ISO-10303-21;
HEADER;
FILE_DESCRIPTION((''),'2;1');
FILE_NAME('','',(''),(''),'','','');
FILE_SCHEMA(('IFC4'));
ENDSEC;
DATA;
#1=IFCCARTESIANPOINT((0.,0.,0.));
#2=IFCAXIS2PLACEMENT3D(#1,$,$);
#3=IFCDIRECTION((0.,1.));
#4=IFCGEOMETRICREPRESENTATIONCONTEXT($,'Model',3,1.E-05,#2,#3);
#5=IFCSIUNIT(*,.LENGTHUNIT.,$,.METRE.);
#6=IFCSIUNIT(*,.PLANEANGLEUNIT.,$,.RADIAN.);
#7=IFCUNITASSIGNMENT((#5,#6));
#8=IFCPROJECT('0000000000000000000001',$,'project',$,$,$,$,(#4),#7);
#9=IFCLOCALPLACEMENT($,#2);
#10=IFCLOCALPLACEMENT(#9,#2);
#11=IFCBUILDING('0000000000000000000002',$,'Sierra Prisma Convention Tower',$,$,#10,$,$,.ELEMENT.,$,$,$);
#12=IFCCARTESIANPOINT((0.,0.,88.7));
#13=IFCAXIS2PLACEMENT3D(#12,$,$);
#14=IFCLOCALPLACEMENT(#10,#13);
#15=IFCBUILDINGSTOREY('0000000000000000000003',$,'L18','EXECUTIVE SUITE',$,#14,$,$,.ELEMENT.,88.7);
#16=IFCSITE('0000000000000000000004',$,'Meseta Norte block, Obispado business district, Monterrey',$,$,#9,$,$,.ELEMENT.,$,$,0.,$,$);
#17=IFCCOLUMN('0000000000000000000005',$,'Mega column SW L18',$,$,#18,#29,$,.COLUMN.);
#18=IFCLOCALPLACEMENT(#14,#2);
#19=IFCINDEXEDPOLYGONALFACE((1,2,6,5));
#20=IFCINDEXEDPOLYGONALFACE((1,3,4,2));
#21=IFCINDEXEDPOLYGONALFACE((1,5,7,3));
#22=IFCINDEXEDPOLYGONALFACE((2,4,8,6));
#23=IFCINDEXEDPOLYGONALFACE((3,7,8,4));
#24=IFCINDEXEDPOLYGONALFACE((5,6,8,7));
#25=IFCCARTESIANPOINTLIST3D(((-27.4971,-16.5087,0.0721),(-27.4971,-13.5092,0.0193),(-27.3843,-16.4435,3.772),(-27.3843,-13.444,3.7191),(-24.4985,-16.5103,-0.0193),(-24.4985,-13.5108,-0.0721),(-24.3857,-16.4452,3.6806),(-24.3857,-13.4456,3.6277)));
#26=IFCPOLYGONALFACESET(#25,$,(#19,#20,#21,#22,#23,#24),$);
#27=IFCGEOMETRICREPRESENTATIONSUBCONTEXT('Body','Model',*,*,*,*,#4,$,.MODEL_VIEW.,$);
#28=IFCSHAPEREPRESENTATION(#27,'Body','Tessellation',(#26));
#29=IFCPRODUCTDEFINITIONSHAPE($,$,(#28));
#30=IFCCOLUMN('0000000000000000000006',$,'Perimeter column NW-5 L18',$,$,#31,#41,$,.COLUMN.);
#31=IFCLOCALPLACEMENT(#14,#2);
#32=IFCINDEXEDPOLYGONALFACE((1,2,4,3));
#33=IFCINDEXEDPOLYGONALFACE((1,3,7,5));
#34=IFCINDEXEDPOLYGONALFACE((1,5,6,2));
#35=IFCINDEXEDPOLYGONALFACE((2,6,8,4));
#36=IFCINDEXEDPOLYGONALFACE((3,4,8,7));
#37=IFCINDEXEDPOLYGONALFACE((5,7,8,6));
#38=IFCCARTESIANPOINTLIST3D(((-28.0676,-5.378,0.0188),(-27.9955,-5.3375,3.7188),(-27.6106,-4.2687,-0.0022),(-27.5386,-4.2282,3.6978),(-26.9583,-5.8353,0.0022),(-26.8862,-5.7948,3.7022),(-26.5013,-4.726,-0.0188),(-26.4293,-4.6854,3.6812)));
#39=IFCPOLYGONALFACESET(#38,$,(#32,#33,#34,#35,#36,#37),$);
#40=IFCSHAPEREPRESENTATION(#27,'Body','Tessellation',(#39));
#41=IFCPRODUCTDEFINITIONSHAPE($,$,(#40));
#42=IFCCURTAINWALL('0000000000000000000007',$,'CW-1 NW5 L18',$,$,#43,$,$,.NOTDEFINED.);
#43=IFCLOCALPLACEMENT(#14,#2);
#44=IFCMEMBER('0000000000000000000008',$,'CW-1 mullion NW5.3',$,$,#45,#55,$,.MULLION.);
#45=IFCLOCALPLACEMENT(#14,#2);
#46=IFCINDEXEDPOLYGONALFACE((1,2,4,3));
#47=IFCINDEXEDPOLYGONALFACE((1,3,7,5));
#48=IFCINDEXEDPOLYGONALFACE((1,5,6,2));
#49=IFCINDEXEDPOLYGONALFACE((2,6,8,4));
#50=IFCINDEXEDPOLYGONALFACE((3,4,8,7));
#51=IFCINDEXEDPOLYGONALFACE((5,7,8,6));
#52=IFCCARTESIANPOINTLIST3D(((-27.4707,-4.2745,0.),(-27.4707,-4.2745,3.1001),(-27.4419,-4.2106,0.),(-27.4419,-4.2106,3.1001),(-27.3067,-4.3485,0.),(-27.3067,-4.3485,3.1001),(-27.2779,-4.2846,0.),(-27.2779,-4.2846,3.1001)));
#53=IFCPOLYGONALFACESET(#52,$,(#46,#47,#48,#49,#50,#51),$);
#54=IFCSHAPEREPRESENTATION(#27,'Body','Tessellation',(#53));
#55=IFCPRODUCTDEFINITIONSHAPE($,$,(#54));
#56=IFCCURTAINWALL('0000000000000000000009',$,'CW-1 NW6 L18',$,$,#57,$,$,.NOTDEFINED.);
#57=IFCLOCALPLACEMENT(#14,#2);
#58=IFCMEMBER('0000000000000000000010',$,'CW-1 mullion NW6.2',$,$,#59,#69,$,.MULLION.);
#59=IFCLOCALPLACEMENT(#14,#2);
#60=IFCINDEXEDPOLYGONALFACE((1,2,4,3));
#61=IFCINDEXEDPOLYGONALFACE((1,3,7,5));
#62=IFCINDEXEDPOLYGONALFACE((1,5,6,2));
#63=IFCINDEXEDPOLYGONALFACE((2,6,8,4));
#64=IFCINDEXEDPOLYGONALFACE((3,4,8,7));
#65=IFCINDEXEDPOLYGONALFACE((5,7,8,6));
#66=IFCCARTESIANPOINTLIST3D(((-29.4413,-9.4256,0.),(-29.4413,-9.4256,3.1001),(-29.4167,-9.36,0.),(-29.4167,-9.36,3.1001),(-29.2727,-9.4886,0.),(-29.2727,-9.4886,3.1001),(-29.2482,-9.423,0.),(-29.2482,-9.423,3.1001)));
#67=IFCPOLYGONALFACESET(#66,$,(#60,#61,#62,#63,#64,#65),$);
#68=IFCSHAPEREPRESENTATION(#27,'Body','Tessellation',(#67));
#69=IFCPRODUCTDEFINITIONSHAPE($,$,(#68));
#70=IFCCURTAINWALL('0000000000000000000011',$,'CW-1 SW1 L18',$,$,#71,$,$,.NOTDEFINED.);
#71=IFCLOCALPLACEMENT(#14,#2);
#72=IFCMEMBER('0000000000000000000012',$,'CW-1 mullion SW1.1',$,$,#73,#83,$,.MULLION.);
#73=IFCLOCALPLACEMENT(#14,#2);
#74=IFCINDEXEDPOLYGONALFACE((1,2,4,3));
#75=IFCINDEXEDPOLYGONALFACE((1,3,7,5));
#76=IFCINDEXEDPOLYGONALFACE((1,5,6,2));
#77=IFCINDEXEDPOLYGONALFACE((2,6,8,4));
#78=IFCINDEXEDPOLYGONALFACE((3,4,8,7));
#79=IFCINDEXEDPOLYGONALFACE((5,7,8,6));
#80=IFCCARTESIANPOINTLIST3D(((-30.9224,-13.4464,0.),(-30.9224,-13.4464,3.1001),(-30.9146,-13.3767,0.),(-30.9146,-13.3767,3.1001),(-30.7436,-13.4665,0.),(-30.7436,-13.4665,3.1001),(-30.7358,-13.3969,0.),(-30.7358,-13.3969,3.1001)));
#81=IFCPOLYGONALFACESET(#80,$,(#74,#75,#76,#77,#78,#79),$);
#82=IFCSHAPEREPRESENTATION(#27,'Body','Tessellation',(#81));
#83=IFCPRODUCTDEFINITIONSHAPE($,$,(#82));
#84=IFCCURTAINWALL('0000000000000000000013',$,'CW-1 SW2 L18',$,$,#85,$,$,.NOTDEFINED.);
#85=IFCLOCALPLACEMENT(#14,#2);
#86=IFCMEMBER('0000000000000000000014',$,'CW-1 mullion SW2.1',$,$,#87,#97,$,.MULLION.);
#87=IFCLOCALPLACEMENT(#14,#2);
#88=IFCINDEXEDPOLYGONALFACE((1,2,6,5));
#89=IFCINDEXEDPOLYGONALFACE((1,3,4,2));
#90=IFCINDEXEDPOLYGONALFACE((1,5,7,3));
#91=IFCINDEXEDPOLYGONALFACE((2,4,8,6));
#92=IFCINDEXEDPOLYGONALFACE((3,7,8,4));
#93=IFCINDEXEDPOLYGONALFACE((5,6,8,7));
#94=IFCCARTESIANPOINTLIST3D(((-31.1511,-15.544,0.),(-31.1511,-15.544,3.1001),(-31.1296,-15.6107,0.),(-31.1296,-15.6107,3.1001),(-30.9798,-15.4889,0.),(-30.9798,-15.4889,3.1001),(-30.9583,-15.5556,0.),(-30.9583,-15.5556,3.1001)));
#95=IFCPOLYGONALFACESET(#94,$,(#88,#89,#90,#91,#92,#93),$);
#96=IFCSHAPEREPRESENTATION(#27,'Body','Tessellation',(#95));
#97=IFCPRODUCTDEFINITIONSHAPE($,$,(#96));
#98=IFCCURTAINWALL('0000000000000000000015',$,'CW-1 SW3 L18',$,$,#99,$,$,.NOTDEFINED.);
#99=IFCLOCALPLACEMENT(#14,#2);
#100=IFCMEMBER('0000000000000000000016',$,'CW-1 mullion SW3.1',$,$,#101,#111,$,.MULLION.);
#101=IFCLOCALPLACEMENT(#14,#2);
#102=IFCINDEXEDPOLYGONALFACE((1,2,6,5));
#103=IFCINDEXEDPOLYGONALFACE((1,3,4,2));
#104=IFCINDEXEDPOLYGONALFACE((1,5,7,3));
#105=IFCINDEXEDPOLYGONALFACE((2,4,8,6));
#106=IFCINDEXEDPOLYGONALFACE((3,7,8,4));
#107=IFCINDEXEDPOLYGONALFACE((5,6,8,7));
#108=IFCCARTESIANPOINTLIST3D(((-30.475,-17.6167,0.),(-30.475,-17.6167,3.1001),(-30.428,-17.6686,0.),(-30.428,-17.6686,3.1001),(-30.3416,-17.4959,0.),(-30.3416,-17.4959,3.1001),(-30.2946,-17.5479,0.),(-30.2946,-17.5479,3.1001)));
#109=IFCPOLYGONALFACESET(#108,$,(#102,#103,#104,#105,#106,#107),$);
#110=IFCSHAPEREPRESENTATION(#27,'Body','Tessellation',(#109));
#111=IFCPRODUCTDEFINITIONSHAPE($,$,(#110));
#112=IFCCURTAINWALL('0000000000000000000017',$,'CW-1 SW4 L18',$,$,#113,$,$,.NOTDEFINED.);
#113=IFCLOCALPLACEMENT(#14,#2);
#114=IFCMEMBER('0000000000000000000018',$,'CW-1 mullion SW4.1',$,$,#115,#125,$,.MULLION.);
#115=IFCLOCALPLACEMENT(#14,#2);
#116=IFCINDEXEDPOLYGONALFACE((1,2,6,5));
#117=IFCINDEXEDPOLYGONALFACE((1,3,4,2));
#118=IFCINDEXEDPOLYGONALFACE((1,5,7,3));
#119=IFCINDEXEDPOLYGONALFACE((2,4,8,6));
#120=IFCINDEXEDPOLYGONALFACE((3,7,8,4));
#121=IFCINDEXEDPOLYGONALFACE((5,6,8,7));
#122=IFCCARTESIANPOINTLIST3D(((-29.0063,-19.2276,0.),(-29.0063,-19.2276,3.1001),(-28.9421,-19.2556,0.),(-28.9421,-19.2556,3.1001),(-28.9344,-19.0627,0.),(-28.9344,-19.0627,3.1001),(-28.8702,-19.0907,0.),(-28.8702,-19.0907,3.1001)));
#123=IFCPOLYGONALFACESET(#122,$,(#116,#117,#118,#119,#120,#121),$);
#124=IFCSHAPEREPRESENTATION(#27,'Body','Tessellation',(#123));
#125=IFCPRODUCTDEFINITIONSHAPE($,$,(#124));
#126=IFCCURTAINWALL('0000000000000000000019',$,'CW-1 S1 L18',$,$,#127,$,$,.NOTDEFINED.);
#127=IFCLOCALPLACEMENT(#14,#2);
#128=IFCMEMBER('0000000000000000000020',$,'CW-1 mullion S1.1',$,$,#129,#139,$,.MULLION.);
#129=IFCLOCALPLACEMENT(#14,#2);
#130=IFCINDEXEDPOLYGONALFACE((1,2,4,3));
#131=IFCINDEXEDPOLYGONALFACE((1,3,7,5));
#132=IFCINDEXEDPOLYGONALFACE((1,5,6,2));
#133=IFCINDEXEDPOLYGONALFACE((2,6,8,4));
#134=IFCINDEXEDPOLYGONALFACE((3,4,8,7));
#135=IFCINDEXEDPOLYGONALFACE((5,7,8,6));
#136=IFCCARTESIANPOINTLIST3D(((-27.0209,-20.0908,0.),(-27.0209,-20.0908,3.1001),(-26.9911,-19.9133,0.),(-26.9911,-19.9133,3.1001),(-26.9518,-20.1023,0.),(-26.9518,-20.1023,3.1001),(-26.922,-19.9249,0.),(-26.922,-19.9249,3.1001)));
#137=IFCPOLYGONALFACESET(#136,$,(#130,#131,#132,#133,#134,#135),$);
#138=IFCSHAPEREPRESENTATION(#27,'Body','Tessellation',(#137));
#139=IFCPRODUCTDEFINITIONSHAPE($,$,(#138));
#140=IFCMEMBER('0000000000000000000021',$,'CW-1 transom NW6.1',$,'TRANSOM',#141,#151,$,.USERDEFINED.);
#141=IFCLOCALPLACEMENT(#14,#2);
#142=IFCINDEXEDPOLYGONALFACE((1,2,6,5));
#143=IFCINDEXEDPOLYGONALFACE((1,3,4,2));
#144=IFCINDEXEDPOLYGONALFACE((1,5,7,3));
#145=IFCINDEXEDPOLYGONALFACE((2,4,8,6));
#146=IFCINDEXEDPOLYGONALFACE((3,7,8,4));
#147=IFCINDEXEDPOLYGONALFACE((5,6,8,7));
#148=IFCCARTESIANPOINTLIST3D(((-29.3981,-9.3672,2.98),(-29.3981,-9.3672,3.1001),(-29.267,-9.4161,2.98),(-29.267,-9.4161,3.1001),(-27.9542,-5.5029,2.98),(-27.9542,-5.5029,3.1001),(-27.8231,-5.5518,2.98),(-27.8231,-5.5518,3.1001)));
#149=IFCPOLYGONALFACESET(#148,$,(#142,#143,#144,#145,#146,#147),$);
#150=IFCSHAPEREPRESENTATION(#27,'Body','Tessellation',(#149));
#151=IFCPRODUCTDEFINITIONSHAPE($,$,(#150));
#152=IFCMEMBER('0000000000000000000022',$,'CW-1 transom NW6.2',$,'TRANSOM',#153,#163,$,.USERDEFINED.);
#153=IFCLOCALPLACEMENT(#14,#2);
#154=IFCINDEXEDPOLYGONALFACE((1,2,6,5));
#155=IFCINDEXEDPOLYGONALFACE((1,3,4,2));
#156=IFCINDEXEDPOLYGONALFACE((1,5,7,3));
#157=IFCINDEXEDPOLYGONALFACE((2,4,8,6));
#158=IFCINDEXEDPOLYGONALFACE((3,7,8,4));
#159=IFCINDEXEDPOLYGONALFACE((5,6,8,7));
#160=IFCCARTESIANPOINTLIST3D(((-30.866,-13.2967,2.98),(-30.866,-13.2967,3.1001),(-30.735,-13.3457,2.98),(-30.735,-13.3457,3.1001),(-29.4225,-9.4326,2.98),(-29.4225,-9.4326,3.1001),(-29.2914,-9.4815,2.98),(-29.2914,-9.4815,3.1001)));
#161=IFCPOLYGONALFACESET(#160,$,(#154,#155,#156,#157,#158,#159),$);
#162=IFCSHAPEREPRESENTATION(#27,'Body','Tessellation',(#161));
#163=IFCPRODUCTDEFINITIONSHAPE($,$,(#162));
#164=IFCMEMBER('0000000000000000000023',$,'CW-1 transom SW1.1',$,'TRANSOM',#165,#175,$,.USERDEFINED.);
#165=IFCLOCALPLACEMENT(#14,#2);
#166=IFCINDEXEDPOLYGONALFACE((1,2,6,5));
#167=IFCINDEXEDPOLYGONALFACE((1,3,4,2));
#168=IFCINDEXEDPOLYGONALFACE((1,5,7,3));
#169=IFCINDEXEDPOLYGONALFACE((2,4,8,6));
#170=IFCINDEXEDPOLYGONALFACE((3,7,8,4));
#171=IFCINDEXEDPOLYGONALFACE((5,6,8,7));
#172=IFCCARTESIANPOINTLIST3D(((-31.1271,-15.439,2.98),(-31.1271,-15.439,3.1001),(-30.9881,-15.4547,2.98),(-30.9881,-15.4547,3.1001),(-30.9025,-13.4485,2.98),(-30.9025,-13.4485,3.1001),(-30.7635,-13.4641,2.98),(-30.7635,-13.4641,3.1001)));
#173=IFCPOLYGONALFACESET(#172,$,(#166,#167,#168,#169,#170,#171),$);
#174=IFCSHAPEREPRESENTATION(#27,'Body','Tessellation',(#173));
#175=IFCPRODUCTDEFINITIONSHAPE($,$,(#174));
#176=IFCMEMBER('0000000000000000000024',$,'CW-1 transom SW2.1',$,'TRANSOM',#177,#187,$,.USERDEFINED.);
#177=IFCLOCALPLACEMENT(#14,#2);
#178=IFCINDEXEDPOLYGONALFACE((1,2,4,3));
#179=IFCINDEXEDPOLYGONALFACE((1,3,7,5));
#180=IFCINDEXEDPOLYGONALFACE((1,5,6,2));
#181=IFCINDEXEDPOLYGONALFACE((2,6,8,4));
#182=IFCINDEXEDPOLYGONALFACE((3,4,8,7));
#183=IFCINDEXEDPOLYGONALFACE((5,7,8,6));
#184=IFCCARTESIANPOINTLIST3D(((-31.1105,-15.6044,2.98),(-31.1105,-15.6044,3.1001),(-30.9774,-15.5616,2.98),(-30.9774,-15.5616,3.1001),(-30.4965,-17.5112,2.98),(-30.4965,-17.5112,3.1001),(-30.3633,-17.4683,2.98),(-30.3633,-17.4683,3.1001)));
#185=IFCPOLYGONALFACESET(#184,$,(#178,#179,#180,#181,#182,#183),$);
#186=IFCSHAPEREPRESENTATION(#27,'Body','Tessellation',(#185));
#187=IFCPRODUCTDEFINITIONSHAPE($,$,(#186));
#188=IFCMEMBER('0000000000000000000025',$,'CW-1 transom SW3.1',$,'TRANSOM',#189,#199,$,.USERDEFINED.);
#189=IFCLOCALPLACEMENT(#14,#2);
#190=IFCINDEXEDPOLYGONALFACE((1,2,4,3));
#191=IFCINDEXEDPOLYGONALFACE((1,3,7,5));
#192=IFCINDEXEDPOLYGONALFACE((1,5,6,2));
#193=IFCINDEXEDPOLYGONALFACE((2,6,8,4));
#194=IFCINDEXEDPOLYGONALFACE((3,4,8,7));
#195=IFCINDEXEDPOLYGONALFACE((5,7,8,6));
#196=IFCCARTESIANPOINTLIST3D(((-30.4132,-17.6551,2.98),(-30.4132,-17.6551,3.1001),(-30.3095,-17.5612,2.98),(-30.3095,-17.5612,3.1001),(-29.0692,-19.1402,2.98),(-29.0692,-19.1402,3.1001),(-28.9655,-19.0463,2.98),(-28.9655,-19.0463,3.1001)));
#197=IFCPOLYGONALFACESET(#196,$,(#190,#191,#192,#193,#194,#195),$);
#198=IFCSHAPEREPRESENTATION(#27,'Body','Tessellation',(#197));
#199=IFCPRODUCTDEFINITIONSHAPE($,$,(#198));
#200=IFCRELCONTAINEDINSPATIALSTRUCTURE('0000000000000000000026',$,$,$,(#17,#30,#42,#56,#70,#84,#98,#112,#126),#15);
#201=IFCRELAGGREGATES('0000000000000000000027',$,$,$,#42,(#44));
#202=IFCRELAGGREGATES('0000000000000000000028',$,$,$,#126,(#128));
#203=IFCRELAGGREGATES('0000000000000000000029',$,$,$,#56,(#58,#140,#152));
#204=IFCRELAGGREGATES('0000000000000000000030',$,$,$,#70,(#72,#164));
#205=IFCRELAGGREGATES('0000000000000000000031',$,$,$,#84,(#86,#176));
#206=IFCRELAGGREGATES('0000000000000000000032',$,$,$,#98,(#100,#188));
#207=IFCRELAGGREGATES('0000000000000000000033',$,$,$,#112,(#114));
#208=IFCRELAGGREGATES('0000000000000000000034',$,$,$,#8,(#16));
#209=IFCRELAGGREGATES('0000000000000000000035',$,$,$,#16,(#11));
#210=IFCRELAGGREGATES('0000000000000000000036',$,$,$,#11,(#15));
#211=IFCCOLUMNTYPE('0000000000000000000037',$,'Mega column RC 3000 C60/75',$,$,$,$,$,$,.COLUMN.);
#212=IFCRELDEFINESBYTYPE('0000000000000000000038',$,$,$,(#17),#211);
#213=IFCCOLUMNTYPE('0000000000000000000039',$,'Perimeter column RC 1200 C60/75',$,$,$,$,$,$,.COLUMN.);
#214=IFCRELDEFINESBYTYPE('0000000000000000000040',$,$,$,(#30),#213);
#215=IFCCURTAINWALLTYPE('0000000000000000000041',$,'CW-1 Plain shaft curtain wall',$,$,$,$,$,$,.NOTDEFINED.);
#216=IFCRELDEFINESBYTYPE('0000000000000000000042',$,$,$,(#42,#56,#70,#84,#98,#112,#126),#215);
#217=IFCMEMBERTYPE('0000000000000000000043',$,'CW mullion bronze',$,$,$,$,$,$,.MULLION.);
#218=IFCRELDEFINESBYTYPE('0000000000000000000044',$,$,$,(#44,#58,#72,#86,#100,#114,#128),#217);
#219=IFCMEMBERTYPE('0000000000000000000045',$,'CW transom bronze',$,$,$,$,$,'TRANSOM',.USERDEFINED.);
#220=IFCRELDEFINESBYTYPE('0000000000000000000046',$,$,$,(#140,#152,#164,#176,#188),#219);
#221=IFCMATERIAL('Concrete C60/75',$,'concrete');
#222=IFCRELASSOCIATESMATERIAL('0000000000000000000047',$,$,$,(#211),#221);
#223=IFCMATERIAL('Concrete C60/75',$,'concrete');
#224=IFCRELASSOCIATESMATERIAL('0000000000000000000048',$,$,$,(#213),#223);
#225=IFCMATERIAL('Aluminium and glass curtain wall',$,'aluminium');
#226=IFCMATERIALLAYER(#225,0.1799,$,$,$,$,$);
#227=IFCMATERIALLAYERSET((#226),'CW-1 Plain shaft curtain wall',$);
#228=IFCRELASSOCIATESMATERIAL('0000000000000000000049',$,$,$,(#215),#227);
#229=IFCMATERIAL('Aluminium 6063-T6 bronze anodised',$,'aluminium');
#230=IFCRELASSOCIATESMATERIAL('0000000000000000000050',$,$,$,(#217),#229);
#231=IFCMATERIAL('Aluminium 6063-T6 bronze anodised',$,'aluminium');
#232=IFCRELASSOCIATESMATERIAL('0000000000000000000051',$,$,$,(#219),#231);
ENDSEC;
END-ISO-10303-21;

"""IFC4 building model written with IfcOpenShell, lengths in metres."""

from ifc_helpers import new_model, si_unit, direction, frame, origin, origin_2d, place, context, subcontext, project, spatial, rectangle, extrude, material, layer, layer_set, material_profile, profile_set, type_object, element, aggregate, save


model = new_model("IFC4")

# Units and contexts
model_context = context("Model", 3, precision=1e-05, world=origin(), true_north=direction((0.0, 1.0)))
body_context = subcontext(model_context, "Body", "Model", "MODEL_VIEW")
ifc_project = project(units=[si_unit("LENGTHUNIT", "METRE"), si_unit("PLANEANGLEUNIT", "RADIAN")], contexts=[model_context])

# Site, building, storey
site_placement = place(None, origin())
site = spatial("IfcSite", under=ifc_project, at=site_placement, Name="Meseta Norte block, Obispado business district, Monterrey", CompositionType="ELEMENT", RefElevation=0.0)
building_placement = place(site_placement, origin())
building = spatial("IfcBuilding", under=site, at=building_placement, Name="Sierra Prisma Convention Tower", CompositionType="ELEMENT")
storey_placement = place(building_placement, frame((0.0, 0.0, 88.7)))
storey = spatial("IfcBuildingStorey", under=building, at=storey_placement, Name="L18", Description="EXECUTIVE SUITE", CompositionType="ELEMENT", Elevation=88.7)

# Columns
ifc_material_1 = material(Name="Concrete C60/75", Category="concrete")
ifc_material_profile_1 = material_profile(ifc_material_1, rectangle(XDim=3.0, YDim=3.0, at=origin_2d()), Name="Mega column RC 3000 C60/75")
ifc_profile_set_1 = profile_set([ifc_material_profile_1], Name="Concrete C60/75")
column_type_1 = type_object("IfcColumnType", Name="Mega column RC 3000 C60/75", PredefinedType="COLUMN", material=ifc_profile_set_1)
column_1_placement = place(storey_placement, frame((-25.9978, -15.0098, 0.0), z_axis=(0.030466, 0.017607, 0.999381), x_axis=(0.999536, -0.000537, -0.030461)))
element("IfcColumn", 1, at=column_1_placement, inside=storey, type_object=column_type_1, Name="Mega column SW L18", PredefinedType="COLUMN", context=body_context, shape_type="SweptSolid", body=[
    extrude(rectangle(XDim=3.0, YDim=3.0, at=origin_2d()), origin(), (0.0, 0.0, 1.0), 3.7021),
])
ifc_material_2 = material(Name="Concrete C60/75", Category="concrete")
ifc_material_profile_2 = material_profile(ifc_material_2, rectangle(XDim=1.2, YDim=1.2, at=origin_2d()), Name="Perimeter column RC 1200 C60/75")
ifc_profile_set_2 = profile_set([ifc_material_profile_2], Name="Concrete C60/75")
column_type_2 = type_object("IfcColumnType", Name="Perimeter column RC 1200 C60/75", PredefinedType="COLUMN", material=ifc_profile_set_2)
column_2_placement = place(storey_placement, frame((-27.2844, -5.052, 0.0), z_axis=(0.019461, 0.010951, 0.999751), x_axis=(0.380819, 0.924483, -0.017539)))
element("IfcColumn", 2, at=column_2_placement, inside=storey, type_object=column_type_2, Name="Perimeter column NW-5 L18", PredefinedType="COLUMN", context=body_context, shape_type="SweptSolid", body=[
    extrude(rectangle(XDim=1.2, YDim=1.2, at=origin_2d()), origin(), (0.0, 0.0, 1.0), 3.7009),
])

# Curtain walls, members
ifc_material_3 = material(Name="Aluminium and glass curtain wall", Category="aluminium")
ifc_layer_1 = layer(ifc_material_3, 0.1799)
ifc_layer_set_1 = layer_set([ifc_layer_1], Name="CW-1 Plain shaft curtain wall")
curtain_wall_type = type_object("IfcCurtainWallType", Name="CW-1 Plain shaft curtain wall", PredefinedType="NOTDEFINED", material=ifc_layer_set_1)
curtain_wall_1_placement = place(storey_placement, origin())
curtain_wall_1 = element("IfcCurtainWall", 3, at=curtain_wall_1_placement, inside=storey, type_object=curtain_wall_type, Name="CW-1 NW5 L18", PredefinedType="NOTDEFINED")
ifc_material_4 = material(Name="Aluminium 6063-T6 bronze anodised", Category="aluminium")
ifc_material_profile_3 = material_profile(ifc_material_4, rectangle(XDim=0.1799, YDim=0.0701, at=origin_2d()), Name="ALU MULLION 70x180")
ifc_profile_set_3 = profile_set([ifc_material_profile_3], Name="Aluminium 6063-T6 bronze anodised")
member_type_1 = type_object("IfcMemberType", Name="CW mullion bronze", PredefinedType="MULLION", material=ifc_profile_set_3)
member_1_placement = place(storey_placement, frame((-27.3743, -4.2795, 0.0), z_axis=(0.0, 0.0, 1.0), x_axis=(0.911463, -0.411382, 0.0)))
member_1 = element("IfcMember", 4, at=member_1_placement, type_object=member_type_1, Name="CW-1 mullion NW5.3", PredefinedType="MULLION", context=body_context, shape_type="SweptSolid", body=[
    extrude(rectangle(XDim=0.1799, YDim=0.0701, at=origin_2d()), origin(), (0.0, 0.0, 1.0), 3.1001),
])
aggregate(curtain_wall_1, [member_1])
curtain_wall_2_placement = place(storey_placement, origin())
curtain_wall_2 = element("IfcCurtainWall", 5, at=curtain_wall_2_placement, inside=storey, type_object=curtain_wall_type, Name="CW-1 NW6 L18", PredefinedType="NOTDEFINED")
member_2_placement = place(storey_placement, frame((-29.3447, -9.4243, 0.0), z_axis=(0.0, 0.0, 1.0), x_axis=(0.936757, -0.349981, 0.0)))
member_2 = element("IfcMember", 6, at=member_2_placement, type_object=member_type_1, Name="CW-1 mullion NW6.2", PredefinedType="MULLION", context=body_context, shape_type="SweptSolid", body=[
    extrude(rectangle(XDim=0.1799, YDim=0.0701, at=origin_2d()), origin(), (0.0, 0.0, 1.0), 3.1001),
])
curtain_wall_3_placement = place(storey_placement, origin())
curtain_wall_3 = element("IfcCurtainWall", 7, at=curtain_wall_3_placement, inside=storey, type_object=curtain_wall_type, Name="CW-1 SW1 L18", PredefinedType="NOTDEFINED")
member_3_placement = place(storey_placement, frame((-30.8291, -13.4216, 0.0), z_axis=(0.0, 0.0, 1.0), x_axis=(0.993695, -0.11212, 0.0)))
member_3 = element("IfcMember", 8, at=member_3_placement, type_object=member_type_1, Name="CW-1 mullion SW1.1", PredefinedType="MULLION", context=body_context, shape_type="SweptSolid", body=[
    extrude(rectangle(XDim=0.1799, YDim=0.0701, at=origin_2d()), origin(), (0.0, 0.0, 1.0), 3.1001),
])
curtain_wall_4_placement = place(storey_placement, origin())
curtain_wall_4 = element("IfcCurtainWall", 9, at=curtain_wall_4_placement, inside=storey, type_object=curtain_wall_type, Name="CW-1 SW2 L18", PredefinedType="NOTDEFINED")
member_4_placement = place(storey_placement, frame((-31.0547, -15.5498, 0.0), z_axis=(0.0, 0.0, 1.0), x_axis=(0.95184, 0.306595, 0.0)))
member_4 = element("IfcMember", 10, at=member_4_placement, type_object=member_type_1, Name="CW-1 mullion SW2.1", PredefinedType="MULLION", context=body_context, shape_type="SweptSolid", body=[
    extrude(rectangle(XDim=0.1799, YDim=0.0701, at=origin_2d()), origin(), (0.0, 0.0, 1.0), 3.1001),
])
curtain_wall_5_placement = place(storey_placement, origin())
curtain_wall_5 = element("IfcCurtainWall", 11, at=curtain_wall_5_placement, inside=storey, type_object=curtain_wall_type, Name="CW-1 SW3 L18", PredefinedType="NOTDEFINED")
member_5_placement = place(storey_placement, frame((-30.3848, -17.5823, 0.0), z_axis=(0.0, 0.0, 1.0), x_axis=(0.741439, 0.67102, 0.0)))
member_5 = element("IfcMember", 12, at=member_5_placement, type_object=member_type_1, Name="CW-1 mullion SW3.1", PredefinedType="MULLION", context=body_context, shape_type="SweptSolid", body=[
    extrude(rectangle(XDim=0.1799, YDim=0.0701, at=origin_2d()), origin(), (0.0, 0.0, 1.0), 3.1001),
])
curtain_wall_6_placement = place(storey_placement, origin())
curtain_wall_6 = element("IfcCurtainWall", 13, at=curtain_wall_6_placement, inside=storey, type_object=curtain_wall_type, Name="CW-1 SW4 L18", PredefinedType="NOTDEFINED")
member_6_placement = place(storey_placement, frame((-28.9382, -19.1592, 0.0), z_axis=(0.0, 0.0, 1.0), x_axis=(0.399748, 0.916625, 0.0)))
member_6 = element("IfcMember", 14, at=member_6_placement, type_object=member_type_1, Name="CW-1 mullion SW4.1", PredefinedType="MULLION", context=body_context, shape_type="SweptSolid", body=[
    extrude(rectangle(XDim=0.1799, YDim=0.0701, at=origin_2d()), origin(), (0.0, 0.0, 1.0), 3.1001),
])
curtain_wall_7_placement = place(storey_placement, origin())
curtain_wall_7 = element("IfcCurtainWall", 15, at=curtain_wall_7_placement, inside=storey, type_object=curtain_wall_type, Name="CW-1 S1 L18", PredefinedType="NOTDEFINED")
member_7_placement = place(storey_placement, frame((-26.9714, -20.0078, 0.0), z_axis=(0.0, 0.0, 1.0), x_axis=(0.165286, 0.986246, 0.0)))
member_7 = element("IfcMember", 16, at=member_7_placement, type_object=member_type_1, Name="CW-1 mullion S1.1", PredefinedType="MULLION", context=body_context, shape_type="SweptSolid", body=[
    extrude(rectangle(XDim=0.1799, YDim=0.0701, at=origin_2d()), origin(), (0.0, 0.0, 1.0), 3.1001),
])

# Members
ifc_material_5 = material(Name="Aluminium 6063-T6 bronze anodised", Category="aluminium")
ifc_material_profile_4 = material_profile(ifc_material_5, rectangle(XDim=0.1399, YDim=0.1201, at=origin_2d()), Name="ALU TRANSOM 120x140")
ifc_profile_set_4 = profile_set([ifc_material_profile_4], Name="Aluminium 6063-T6 bronze anodised")
member_type_2 = type_object("IfcMemberType", Name="CW transom bronze", ElementType="TRANSOM", PredefinedType="USERDEFINED", material=ifc_profile_set_4)
member_8_placement = place(storey_placement, frame((-27.8887, -5.5273, 3.04), z_axis=(-0.350008, -0.936747, 0.0), x_axis=(0.936747, -0.350008, 0.0)))
member_8 = element("IfcMember", 17, at=member_8_placement, type_object=member_type_2, Name="CW-1 transom NW6.1", ObjectType="TRANSOM", PredefinedType="USERDEFINED", context=body_context, shape_type="SweptSolid", body=[
    extrude(rectangle(XDim=0.1399, YDim=0.1201, at=origin_2d()), origin(), (0.0, 0.0, 1.0), 4.1252),
])
member_9_placement = place(storey_placement, frame((-29.3569, -9.457, 3.04), z_axis=(-0.349956, -0.936766, 0.0), x_axis=(0.936766, -0.349956, 0.0)))
member_9 = element("IfcMember", 18, at=member_9_placement, type_object=member_type_2, Name="CW-1 transom NW6.2", ObjectType="TRANSOM", PredefinedType="USERDEFINED", context=body_context, shape_type="SweptSolid", body=[
    extrude(rectangle(XDim=0.1399, YDim=0.1201, at=origin_2d()), origin(), (0.0, 0.0, 1.0), 4.125),
])
member_10_placement = place(storey_placement, frame((-30.833, -13.4563, 3.04), z_axis=(-0.11213, -0.993694, 0.0), x_axis=(0.993694, -0.11213, 0.0)))
member_10 = element("IfcMember", 19, at=member_10_placement, type_object=member_type_2, Name="CW-1 transom SW1.1", ObjectType="TRANSOM", PredefinedType="USERDEFINED", context=body_context, shape_type="SweptSolid", body=[
    extrude(rectangle(XDim=0.1399, YDim=0.1201, at=origin_2d()), origin(), (0.0, 0.0, 1.0), 2.0032),
])
member_11_placement = place(storey_placement, frame((-31.0439, -15.583, 3.04), z_axis=(0.306522, -0.951864, 0.0), x_axis=(0.951864, 0.306522, 0.0)))
member_11 = element("IfcMember", 20, at=member_11_placement, type_object=member_type_2, Name="CW-1 transom SW2.1", ObjectType="TRANSOM", PredefinedType="USERDEFINED", context=body_context, shape_type="SweptSolid", body=[
    extrude(rectangle(XDim=0.1399, YDim=0.1201, at=origin_2d()), origin(), (0.0, 0.0, 1.0), 2.0032),
])
member_12_placement = place(storey_placement, frame((-30.3613, -17.6082, 3.04), z_axis=(0.671003, -0.741455, 0.0), x_axis=(0.741455, 0.671003, 0.0)))
member_12 = element("IfcMember", 21, at=member_12_placement, type_object=member_type_2, Name="CW-1 transom SW3.1", ObjectType="TRANSOM", PredefinedType="USERDEFINED", context=body_context, shape_type="SweptSolid", body=[
    extrude(rectangle(XDim=0.1399, YDim=0.1201, at=origin_2d()), origin(), (0.0, 0.0, 1.0), 2.0029),
])
aggregate(curtain_wall_7, [member_7])

aggregate(curtain_wall_2, [member_2, member_8, member_9])
aggregate(curtain_wall_3, [member_3, member_10])
aggregate(curtain_wall_4, [member_4, member_11])
aggregate(curtain_wall_5, [member_5, member_12])
aggregate(curtain_wall_6, [member_6])

save(model, "model.ifc")
